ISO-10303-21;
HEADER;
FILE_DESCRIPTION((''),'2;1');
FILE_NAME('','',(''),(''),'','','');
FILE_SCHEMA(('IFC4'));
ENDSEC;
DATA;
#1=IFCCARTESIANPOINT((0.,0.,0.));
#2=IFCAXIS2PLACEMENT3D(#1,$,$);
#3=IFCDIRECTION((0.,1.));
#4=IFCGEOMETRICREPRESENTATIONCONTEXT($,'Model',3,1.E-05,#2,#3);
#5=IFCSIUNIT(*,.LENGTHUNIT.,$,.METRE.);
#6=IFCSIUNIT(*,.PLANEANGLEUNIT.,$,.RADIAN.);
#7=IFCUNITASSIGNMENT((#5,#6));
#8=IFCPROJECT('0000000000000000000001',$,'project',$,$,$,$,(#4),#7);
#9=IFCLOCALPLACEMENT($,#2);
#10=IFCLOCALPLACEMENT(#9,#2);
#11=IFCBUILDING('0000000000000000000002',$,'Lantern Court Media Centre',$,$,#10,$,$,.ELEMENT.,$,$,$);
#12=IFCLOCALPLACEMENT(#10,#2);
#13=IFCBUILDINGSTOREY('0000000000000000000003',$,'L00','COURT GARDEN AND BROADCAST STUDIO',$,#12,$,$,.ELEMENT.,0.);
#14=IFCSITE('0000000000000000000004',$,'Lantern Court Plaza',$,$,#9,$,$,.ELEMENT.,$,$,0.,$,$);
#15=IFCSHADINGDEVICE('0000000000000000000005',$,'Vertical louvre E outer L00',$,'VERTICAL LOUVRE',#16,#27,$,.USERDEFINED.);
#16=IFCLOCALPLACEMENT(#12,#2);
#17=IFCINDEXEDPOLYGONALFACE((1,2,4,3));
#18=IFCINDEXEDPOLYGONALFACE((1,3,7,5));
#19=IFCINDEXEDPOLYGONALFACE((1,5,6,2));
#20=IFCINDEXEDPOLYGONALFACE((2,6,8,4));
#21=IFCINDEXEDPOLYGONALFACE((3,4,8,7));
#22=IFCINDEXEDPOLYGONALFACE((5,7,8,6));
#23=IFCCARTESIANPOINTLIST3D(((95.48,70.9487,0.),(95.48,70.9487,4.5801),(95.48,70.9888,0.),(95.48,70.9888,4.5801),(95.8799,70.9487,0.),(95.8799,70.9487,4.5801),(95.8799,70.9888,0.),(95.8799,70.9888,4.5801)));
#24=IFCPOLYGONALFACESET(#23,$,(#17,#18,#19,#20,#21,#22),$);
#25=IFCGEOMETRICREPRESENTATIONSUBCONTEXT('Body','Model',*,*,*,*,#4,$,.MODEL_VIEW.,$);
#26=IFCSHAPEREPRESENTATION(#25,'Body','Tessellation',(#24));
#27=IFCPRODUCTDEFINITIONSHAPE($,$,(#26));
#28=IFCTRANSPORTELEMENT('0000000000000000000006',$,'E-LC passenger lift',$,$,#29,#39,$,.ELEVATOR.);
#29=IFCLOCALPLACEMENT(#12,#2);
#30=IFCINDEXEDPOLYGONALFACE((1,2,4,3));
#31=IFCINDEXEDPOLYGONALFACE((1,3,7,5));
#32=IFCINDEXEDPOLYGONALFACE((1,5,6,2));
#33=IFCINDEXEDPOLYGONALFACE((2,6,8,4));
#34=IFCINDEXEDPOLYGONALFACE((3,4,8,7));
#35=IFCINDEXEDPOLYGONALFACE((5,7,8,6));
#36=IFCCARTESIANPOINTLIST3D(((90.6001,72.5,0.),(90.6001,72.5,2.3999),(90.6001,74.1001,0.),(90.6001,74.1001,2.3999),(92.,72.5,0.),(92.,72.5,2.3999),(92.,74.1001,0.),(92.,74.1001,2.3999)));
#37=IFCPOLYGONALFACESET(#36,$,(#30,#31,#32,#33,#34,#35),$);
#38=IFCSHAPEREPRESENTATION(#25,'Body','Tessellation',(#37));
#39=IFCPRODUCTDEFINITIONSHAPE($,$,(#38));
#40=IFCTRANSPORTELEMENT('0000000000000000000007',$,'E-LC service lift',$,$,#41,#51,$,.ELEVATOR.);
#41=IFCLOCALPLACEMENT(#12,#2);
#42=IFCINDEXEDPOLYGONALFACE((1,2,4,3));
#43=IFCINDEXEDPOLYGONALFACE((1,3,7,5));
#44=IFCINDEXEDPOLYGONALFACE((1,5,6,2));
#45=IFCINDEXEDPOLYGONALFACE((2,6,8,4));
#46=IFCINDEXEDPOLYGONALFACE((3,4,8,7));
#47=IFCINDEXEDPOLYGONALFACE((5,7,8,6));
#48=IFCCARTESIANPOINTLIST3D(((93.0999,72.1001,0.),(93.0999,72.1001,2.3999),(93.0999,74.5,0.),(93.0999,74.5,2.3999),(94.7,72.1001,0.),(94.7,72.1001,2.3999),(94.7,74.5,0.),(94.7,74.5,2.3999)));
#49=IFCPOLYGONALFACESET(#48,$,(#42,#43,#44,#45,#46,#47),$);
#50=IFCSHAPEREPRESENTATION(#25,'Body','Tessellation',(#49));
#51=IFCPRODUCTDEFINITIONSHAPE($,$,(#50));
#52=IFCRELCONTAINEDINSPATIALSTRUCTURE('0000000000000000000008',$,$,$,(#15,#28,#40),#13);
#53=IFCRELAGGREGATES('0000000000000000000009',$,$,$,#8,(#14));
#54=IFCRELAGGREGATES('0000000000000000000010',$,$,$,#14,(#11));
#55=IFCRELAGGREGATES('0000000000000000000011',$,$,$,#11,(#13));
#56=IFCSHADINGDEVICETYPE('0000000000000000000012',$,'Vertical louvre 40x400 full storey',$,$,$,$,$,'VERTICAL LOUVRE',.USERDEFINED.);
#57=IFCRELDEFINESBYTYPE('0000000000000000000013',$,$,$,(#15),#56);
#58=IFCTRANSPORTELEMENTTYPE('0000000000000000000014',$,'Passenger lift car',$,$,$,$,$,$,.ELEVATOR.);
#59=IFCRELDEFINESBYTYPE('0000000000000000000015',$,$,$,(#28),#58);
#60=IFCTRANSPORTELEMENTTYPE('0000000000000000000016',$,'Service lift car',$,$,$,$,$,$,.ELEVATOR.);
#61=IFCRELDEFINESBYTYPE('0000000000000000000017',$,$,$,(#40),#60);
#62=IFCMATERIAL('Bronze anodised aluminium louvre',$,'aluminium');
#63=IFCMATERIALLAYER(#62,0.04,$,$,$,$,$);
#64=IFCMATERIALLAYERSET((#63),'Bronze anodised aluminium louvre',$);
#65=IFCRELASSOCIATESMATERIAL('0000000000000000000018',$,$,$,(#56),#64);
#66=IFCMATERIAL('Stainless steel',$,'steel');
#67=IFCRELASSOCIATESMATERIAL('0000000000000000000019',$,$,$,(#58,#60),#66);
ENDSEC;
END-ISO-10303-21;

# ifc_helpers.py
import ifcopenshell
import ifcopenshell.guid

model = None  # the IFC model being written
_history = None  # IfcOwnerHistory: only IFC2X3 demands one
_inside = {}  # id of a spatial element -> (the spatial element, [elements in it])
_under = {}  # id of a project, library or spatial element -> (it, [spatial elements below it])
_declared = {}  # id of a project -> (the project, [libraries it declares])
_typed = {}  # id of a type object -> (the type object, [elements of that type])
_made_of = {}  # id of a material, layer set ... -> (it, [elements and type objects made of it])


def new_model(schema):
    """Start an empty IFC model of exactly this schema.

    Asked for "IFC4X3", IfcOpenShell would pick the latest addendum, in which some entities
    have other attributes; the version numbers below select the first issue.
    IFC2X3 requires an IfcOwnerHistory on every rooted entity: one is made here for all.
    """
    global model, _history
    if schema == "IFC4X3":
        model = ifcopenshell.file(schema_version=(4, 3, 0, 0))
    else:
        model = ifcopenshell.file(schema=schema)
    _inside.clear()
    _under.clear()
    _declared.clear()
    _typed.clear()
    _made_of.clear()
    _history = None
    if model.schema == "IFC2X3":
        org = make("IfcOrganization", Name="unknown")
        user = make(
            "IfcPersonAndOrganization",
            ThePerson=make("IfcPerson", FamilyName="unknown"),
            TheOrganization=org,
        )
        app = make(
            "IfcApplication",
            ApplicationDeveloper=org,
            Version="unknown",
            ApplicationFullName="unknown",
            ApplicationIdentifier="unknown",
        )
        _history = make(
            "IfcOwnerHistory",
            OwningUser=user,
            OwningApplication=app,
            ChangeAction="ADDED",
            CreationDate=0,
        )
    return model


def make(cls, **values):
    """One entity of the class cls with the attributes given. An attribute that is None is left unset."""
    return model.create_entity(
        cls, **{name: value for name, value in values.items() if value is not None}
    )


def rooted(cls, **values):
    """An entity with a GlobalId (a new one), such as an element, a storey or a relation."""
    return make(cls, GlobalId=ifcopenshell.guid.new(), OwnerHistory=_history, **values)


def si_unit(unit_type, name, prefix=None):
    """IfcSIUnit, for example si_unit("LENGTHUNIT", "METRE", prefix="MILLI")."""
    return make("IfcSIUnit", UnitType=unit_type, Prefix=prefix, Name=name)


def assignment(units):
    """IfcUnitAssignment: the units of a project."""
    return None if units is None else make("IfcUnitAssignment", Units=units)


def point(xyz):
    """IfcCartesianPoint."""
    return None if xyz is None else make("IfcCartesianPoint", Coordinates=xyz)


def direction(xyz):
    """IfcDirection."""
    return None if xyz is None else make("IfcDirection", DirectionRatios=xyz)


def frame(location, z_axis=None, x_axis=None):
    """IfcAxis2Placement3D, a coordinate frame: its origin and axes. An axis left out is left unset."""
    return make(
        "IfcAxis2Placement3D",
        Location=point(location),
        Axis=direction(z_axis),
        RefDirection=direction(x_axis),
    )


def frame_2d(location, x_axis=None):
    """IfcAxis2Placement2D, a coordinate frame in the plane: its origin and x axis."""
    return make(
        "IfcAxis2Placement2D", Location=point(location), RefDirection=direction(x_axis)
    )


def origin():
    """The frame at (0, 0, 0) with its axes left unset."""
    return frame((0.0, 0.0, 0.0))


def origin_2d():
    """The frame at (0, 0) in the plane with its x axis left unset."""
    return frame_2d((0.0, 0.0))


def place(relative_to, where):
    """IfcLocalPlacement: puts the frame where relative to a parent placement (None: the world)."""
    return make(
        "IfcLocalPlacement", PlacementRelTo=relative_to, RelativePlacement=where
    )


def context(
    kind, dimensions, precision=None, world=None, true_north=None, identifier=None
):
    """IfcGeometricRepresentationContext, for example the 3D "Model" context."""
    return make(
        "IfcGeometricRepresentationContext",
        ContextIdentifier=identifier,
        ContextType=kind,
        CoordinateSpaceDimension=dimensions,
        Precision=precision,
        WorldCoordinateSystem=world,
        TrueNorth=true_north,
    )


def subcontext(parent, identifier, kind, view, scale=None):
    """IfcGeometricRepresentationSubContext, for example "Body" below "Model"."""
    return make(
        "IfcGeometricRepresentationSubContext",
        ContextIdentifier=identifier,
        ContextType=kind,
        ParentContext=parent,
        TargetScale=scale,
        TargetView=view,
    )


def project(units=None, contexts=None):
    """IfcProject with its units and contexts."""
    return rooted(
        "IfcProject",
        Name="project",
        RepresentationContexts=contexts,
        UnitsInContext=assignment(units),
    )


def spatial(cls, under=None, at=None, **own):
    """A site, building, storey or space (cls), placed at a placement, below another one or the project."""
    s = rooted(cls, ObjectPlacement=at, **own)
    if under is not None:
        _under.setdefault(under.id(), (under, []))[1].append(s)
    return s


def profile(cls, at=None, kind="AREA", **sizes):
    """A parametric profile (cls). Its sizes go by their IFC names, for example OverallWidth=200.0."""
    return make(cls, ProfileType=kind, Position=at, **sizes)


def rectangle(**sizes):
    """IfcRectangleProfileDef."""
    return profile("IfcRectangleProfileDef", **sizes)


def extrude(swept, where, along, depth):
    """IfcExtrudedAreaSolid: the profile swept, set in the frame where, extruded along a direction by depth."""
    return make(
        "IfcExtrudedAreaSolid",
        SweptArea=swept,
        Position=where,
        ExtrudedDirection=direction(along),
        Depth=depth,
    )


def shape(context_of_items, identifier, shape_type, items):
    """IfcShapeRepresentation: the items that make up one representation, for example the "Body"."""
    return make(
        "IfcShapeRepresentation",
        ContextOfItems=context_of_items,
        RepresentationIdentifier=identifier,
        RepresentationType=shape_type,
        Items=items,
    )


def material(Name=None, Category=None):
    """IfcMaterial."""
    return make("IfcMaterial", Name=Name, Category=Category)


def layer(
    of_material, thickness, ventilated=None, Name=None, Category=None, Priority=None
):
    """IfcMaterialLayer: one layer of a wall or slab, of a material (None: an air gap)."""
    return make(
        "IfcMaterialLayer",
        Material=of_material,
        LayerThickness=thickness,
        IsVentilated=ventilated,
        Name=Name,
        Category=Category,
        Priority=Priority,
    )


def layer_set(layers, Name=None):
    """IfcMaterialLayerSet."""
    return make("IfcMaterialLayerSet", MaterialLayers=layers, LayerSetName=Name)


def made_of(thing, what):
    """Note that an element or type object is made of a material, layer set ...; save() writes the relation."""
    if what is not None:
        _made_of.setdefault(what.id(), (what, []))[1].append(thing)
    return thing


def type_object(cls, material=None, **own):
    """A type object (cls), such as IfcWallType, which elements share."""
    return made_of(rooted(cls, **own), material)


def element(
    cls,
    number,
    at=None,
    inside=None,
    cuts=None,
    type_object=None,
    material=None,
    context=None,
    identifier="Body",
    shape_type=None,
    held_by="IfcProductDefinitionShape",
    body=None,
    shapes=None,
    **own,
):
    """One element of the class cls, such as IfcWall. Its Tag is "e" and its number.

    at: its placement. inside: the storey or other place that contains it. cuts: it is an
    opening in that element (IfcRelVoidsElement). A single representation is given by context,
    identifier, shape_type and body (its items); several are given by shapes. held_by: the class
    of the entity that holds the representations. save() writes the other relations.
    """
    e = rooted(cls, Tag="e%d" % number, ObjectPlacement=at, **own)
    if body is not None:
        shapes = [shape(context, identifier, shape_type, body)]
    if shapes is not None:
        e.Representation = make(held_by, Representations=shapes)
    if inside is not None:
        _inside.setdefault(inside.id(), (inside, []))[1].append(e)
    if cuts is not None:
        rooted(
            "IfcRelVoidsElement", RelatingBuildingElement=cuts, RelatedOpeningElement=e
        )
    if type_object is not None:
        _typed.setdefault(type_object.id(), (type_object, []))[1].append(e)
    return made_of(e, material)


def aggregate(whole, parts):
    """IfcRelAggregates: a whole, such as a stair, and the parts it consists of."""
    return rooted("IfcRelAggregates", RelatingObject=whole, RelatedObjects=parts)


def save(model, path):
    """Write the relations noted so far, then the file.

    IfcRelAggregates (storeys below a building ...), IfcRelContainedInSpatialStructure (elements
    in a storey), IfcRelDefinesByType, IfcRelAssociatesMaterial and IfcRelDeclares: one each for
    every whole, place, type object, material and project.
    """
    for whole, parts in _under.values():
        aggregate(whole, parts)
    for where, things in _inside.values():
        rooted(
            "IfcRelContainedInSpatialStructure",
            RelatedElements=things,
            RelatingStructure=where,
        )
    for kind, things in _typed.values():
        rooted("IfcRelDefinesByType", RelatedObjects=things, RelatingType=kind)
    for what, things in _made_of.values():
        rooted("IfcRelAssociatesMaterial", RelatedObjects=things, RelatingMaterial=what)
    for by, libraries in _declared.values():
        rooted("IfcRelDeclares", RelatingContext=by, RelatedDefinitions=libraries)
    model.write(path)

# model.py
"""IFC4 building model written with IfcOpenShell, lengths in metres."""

from ifc_helpers import new_model, si_unit, direction, frame, origin, origin_2d, place, context, subcontext, project, spatial, rectangle, extrude, material, layer, layer_set, type_object, element, save


model = new_model("IFC4")

# Units and contexts
model_context = context("Model", 3, precision=1e-05, world=origin(), true_north=direction((0.0, 1.0)))
body_context = subcontext(model_context, "Body", "Model", "MODEL_VIEW")
ifc_project = project(units=[si_unit("LENGTHUNIT", "METRE"), si_unit("PLANEANGLEUNIT", "RADIAN")], contexts=[model_context])

# Site, building, storey
site_placement = place(None, origin())
site = spatial("IfcSite", under=ifc_project, at=site_placement, Name="Lantern Court Plaza", CompositionType="ELEMENT", RefElevation=0.0)
building_placement = place(site_placement, origin())
building = spatial("IfcBuilding", under=site, at=building_placement, Name="Lantern Court Media Centre", CompositionType="ELEMENT")
storey_placement = place(building_placement, origin())
storey = spatial("IfcBuildingStorey", under=building, at=storey_placement, Name="L00", Description="COURT GARDEN AND BROADCAST STUDIO", CompositionType="ELEMENT", Elevation=0.0)

# Shading device
ifc_material_1 = material(Name="Bronze anodised aluminium louvre", Category="aluminium")
ifc_layer_1 = layer(ifc_material_1, 0.04)
ifc_layer_set_1 = layer_set([ifc_layer_1], Name="Bronze anodised aluminium louvre")
shading_device_type = type_object("IfcShadingDeviceType", Name="Vertical louvre 40x400 full storey", ElementType="VERTICAL LOUVRE", PredefinedType="USERDEFINED", material=ifc_layer_set_1)
for number, where, z_axis, x_axis, name in (
    (1, (95.6799, 70.9688, 0.0), (0.0, 0.0, 1.0), (1.0, 0.0, 0.0), "Vertical louvre E outer L00"),
):
    element("IfcShadingDevice", number, at=place(storey_placement, frame(where, z_axis=z_axis, x_axis=x_axis)), inside=storey, type_object=shading_device_type, Name=name, ObjectType="VERTICAL LOUVRE", PredefinedType="USERDEFINED", context=body_context, shape_type="SweptSolid", body=[
        extrude(rectangle(XDim=0.3999, YDim=0.04, at=origin_2d()), origin(), (0.0, 0.0, 1.0), 4.5801),
    ])

# Transport elements
ifc_material_2 = material(Name="Stainless steel", Category="steel")
transport_element_type_1 = type_object("IfcTransportElementType", Name="Passenger lift car", PredefinedType="ELEVATOR", material=ifc_material_2)
transport_element_1_placement = place(storey_placement, frame((91.3, 73.3, 0.0), z_axis=(0.0, 0.0, 1.0), x_axis=(1.0, 0.0, 0.0)))
element("IfcTransportElement", 2, at=transport_element_1_placement, inside=storey, type_object=transport_element_type_1, Name="E-LC passenger lift", PredefinedType="ELEVATOR", context=body_context, shape_type="SweptSolid", body=[
    extrude(rectangle(XDim=1.3999, YDim=1.6001, at=origin_2d()), origin(), (0.0, 0.0, 1.0), 2.3999),
])
transport_element_type_2 = type_object("IfcTransportElementType", Name="Service lift car", PredefinedType="ELEVATOR", material=ifc_material_2)
transport_element_2_placement = place(storey_placement, frame((93.8999, 73.3, 0.0), z_axis=(0.0, 0.0, 1.0), x_axis=(1.0, 0.0, 0.0)))
element("IfcTransportElement", 3, at=transport_element_2_placement, inside=storey, type_object=transport_element_type_2, Name="E-LC service lift", PredefinedType="ELEVATOR", context=body_context, shape_type="SweptSolid", body=[
    extrude(rectangle(XDim=1.6001, YDim=2.3999, at=origin_2d()), origin(), (0.0, 0.0, 1.0), 2.3999),
])

save(model, "model.ifc")
